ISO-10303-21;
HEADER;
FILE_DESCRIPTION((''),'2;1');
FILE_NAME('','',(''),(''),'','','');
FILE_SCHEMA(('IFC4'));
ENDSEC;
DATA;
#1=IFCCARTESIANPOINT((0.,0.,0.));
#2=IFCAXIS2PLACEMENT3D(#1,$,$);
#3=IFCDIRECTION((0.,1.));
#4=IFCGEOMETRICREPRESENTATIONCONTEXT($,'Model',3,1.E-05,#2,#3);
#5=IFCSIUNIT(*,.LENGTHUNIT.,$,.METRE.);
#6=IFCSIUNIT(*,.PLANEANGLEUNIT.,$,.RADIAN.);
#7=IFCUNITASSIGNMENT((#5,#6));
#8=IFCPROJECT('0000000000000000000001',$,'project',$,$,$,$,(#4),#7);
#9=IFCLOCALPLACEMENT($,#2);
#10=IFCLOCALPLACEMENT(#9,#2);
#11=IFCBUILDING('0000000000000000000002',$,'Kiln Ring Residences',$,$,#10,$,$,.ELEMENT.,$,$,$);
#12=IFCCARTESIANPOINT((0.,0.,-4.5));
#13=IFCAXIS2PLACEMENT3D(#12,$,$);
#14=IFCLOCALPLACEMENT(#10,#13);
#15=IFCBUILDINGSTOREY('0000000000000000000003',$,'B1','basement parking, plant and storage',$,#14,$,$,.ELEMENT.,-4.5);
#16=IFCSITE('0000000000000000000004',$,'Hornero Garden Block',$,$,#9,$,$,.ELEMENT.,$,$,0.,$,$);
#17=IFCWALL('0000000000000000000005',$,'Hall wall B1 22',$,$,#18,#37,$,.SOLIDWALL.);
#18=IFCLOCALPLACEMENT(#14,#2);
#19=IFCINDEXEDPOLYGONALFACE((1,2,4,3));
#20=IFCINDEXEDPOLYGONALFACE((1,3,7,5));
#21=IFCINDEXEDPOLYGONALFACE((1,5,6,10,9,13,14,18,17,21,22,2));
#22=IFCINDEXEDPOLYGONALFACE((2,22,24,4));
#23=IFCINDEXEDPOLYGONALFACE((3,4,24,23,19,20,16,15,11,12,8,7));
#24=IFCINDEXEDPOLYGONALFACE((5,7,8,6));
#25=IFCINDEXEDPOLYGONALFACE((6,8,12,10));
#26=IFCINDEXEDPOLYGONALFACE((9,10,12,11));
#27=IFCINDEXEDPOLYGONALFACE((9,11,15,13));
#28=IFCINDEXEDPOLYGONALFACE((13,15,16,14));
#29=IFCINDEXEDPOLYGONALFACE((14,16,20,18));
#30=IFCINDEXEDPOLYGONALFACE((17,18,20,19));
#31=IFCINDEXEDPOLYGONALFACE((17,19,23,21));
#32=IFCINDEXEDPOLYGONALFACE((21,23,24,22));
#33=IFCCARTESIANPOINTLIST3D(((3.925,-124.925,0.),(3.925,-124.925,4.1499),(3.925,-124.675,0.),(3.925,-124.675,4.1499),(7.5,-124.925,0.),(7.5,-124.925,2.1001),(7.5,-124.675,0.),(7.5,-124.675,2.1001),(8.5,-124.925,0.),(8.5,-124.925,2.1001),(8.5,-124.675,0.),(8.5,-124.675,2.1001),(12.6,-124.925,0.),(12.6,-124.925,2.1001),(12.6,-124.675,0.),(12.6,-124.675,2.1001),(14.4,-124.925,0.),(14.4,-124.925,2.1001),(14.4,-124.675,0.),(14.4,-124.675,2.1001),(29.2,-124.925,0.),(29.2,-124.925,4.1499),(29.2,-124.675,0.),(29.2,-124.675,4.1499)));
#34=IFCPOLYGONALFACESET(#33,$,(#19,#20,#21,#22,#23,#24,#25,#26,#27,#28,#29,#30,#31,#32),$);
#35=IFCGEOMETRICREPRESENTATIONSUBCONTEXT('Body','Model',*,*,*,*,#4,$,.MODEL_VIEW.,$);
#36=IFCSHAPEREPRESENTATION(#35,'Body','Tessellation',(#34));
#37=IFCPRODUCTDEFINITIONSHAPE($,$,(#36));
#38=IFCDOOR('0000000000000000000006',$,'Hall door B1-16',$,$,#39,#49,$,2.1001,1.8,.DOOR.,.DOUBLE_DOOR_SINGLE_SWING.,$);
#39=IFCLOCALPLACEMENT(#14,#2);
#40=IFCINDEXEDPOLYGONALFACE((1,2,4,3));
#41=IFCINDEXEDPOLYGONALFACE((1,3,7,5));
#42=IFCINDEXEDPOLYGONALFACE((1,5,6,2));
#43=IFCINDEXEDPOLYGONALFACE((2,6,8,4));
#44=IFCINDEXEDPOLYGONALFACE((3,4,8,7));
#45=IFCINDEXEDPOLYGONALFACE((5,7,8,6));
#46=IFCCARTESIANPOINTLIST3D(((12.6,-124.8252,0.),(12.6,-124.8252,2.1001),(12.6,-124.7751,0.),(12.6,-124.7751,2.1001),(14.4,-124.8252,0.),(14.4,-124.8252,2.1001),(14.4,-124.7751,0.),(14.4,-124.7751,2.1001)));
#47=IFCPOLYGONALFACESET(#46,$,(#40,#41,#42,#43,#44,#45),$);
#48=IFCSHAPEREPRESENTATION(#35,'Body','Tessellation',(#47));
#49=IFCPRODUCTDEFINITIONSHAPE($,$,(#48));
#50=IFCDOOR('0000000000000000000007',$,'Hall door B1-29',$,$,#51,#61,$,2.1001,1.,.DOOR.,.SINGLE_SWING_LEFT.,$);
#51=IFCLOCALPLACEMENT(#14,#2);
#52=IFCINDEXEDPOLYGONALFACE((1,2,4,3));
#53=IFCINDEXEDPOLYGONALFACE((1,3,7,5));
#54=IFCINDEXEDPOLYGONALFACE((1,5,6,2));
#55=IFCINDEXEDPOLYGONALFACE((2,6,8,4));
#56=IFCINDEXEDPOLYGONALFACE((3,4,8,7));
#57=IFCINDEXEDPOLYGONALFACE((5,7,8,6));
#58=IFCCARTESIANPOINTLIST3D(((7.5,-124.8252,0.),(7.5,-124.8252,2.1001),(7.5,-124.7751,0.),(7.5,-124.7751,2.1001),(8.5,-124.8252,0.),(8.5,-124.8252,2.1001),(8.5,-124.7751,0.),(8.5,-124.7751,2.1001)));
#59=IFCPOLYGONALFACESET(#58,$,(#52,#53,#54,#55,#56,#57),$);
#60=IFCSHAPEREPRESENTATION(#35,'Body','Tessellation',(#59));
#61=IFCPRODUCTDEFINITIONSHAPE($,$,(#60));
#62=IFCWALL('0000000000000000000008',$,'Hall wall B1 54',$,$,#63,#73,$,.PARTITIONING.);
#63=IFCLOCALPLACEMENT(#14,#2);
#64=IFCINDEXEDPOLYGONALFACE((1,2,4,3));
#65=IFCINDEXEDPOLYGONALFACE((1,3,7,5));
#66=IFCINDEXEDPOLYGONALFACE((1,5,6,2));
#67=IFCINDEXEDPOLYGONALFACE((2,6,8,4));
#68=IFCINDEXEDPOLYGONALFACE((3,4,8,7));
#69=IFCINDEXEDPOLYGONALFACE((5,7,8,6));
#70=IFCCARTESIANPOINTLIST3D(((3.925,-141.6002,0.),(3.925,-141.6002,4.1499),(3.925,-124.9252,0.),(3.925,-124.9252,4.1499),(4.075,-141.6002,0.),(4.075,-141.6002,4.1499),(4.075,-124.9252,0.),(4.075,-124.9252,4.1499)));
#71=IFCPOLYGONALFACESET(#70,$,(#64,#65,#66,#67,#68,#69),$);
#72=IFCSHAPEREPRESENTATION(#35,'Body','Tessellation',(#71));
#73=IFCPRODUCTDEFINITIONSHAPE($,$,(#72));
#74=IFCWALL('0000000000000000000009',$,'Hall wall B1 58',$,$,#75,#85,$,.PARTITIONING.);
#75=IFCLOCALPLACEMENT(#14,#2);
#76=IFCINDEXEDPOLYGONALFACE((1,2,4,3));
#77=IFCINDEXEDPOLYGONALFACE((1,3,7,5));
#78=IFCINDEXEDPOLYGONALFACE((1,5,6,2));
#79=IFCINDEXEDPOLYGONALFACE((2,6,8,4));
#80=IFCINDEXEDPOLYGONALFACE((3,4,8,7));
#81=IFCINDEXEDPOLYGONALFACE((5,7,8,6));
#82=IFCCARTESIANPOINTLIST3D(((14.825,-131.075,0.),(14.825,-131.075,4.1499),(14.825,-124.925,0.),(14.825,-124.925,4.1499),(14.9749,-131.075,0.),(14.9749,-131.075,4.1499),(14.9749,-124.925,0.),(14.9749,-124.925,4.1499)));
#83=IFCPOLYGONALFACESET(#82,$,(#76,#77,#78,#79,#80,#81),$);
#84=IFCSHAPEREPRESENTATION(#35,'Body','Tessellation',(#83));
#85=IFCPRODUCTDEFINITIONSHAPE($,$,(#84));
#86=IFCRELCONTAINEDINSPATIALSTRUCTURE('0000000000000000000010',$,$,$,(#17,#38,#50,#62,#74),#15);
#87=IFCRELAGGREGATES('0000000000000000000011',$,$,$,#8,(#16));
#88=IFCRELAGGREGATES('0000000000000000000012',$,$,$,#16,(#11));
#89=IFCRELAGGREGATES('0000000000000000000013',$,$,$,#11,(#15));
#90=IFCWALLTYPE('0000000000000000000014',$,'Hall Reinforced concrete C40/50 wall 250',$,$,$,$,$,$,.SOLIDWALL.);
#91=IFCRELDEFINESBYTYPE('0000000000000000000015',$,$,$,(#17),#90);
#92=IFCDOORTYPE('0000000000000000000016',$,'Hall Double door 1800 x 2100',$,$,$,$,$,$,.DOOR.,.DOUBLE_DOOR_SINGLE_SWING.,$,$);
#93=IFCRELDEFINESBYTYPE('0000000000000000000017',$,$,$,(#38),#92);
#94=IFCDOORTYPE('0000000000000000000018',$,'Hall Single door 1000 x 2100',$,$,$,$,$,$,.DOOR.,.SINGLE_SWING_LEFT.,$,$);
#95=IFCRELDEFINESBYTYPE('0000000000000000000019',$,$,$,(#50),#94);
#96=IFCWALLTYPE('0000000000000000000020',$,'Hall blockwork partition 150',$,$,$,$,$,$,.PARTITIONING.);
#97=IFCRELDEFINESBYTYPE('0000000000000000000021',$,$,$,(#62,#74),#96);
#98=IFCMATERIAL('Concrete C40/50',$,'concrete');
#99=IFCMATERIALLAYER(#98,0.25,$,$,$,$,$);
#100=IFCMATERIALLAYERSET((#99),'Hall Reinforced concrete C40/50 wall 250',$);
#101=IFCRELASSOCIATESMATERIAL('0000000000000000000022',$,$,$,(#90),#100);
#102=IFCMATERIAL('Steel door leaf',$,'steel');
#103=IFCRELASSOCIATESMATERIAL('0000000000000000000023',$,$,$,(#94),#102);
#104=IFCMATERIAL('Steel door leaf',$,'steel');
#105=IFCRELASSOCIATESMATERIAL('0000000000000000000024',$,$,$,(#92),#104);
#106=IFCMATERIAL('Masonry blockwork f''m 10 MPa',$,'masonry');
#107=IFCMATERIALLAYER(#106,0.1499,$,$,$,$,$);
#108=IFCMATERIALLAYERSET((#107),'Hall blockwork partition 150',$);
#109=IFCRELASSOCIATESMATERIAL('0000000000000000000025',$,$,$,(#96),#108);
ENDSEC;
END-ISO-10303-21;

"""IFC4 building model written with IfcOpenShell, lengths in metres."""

from ifc_helpers import new_model, si_unit, direction, frame, frame_2d, origin, place, context, subcontext, project, spatial, rectangle, extrude, material, layer, layer_set, type_object, element, fill, save


model = new_model("IFC4")

# Units and contexts
model_context = context("Model", 3, precision=1e-05, world=origin(), true_north=direction((0.0, 1.0)))
body_context = subcontext(model_context, "Body", "Model", "MODEL_VIEW")
ifc_project = project(units=[si_unit("LENGTHUNIT", "METRE"), si_unit("PLANEANGLEUNIT", "RADIAN")], contexts=[model_context])

# Site, building, storey
site_placement = place(None, origin())
site = spatial("IfcSite", under=ifc_project, at=site_placement, Name="Hornero Garden Block", CompositionType="ELEMENT", RefElevation=0.0)
building_placement = place(site_placement, origin())
building = spatial("IfcBuilding", under=site, at=building_placement, Name="Kiln Ring Residences", CompositionType="ELEMENT")
storey_placement = place(building_placement, frame((0.0, 0.0, -4.5)))
storey = spatial("IfcBuildingStorey", under=building, at=storey_placement, Name="B1", Description="basement parking, plant and storage", CompositionType="ELEMENT", Elevation=-4.5)

# Shared definitions
ifc_material_1 = material(Name="Concrete C40/50", Category="concrete")
ifc_layer_1 = layer(ifc_material_1, 0.25)
ifc_layer_set_1 = layer_set([ifc_layer_1], Name="Hall Reinforced concrete C40/50 wall 250")
wall_type_1 = type_object("IfcWallType", Name="Hall Reinforced concrete C40/50 wall 250", PredefinedType="SOLIDWALL", material=ifc_layer_set_1)
ifc_material_2 = material(Name="Steel door leaf", Category="steel")
door_type_1 = type_object("IfcDoorType", Name="Hall Single door 1000 x 2100", OperationType="SINGLE_SWING_LEFT", PredefinedType="DOOR", material=ifc_material_2)

# Wall, openings, doors
wall_1_placement = place(storey_placement, frame((3.925, -124.8, 0.0), z_axis=(0.0, 0.0, 1.0), x_axis=(1.0, 0.0, 0.0)))
wall_1 = element("IfcWall", 1, at=wall_1_placement, inside=storey, type_object=wall_type_1, Name="Hall wall B1 22", PredefinedType="SOLIDWALL", context=body_context, shape_type="SweptSolid", body=[
    extrude(rectangle(XDim=25.2749, YDim=0.25, at=frame_2d((12.6375, 0.0))), origin(), (0.0, 0.0, 1.0), 4.1499),
])
opening_1_placement = place(wall_1_placement, frame((8.675, 0.0, 0.0)))
opening_1 = element("IfcOpeningElement", 2, at=opening_1_placement, cuts=wall_1, PredefinedType="OPENING", context=body_context, shape_type="SweptSolid", body=[
    extrude(rectangle(XDim=1.8, YDim=2.1001, at=frame_2d((0.8999, 1.05))), frame((0.0, 0.135, 0.0), z_axis=(0.0, -1.0, 0.0), x_axis=(1.0, 0.0, 0.0)), (0.0, 0.0, 1.0), 0.27),
])
opening_2_placement = place(wall_1_placement, frame((3.575, 0.0, 0.0)))
opening_2 = element("IfcOpeningElement", 3, at=opening_2_placement, cuts=wall_1, PredefinedType="OPENING", context=body_context, shape_type="SweptSolid", body=[
    extrude(rectangle(XDim=1.0, YDim=2.1001, at=frame_2d((0.5, 1.05))), frame((0.0, 0.135, 0.0), z_axis=(0.0, -1.0, 0.0), x_axis=(1.0, 0.0, 0.0)), (0.0, 0.0, 1.0), 0.27),
])
ifc_material_3 = material(Name="Steel door leaf", Category="steel")
door_type_2 = type_object("IfcDoorType", Name="Hall Double door 1800 x 2100", OperationType="DOUBLE_DOOR_SINGLE_SWING", PredefinedType="DOOR", material=ifc_material_3)
door_1_placement = place(opening_1_placement, origin())
door_1 = element("IfcDoor", 4, at=door_1_placement, inside=storey, type_object=door_type_2, Name="Hall door B1-16", OperationType="DOUBLE_DOOR_SINGLE_SWING", OverallHeight=2.1001, OverallWidth=1.8, PredefinedType="DOOR", context=body_context, shape_type="SweptSolid", body=[
    extrude(rectangle(XDim=1.8, YDim=2.1001, at=frame_2d((0.8999, 1.05))), frame((0.0, 0.0249, 0.0), z_axis=(0.0, -1.0, 0.0), x_axis=(1.0, 0.0, 0.0)), (0.0, 0.0, 1.0), 0.05),
])
fill(opening_1, door_1)
door_2_placement = place(opening_2_placement, origin())
door_2 = element("IfcDoor", 5, at=door_2_placement, inside=storey, type_object=door_type_1, Name="Hall door B1-29", OperationType="SINGLE_SWING_LEFT", OverallHeight=2.1001, OverallWidth=1.0, PredefinedType="DOOR", context=body_context, shape_type="SweptSolid", body=[
    extrude(rectangle(XDim=1.0, YDim=2.1001, at=frame_2d((0.5, 1.05))), frame((0.0, 0.0249, 0.0), z_axis=(0.0, -1.0, 0.0), x_axis=(1.0, 0.0, 0.0)), (0.0, 0.0, 1.0), 0.05),
])
fill(opening_2, door_2)

# Walls
ifc_material_4 = material(Name="Masonry blockwork f'm 10 MPa", Category="masonry")
ifc_layer_2 = layer(ifc_material_4, 0.1499)
ifc_layer_set_2 = layer_set([ifc_layer_2], Name="Hall blockwork partition 150")
wall_type_2 = type_object("IfcWallType", Name="Hall blockwork partition 150", PredefinedType="PARTITIONING", material=ifc_layer_set_2)
wall_2_placement = place(storey_placement, frame((4.0, -141.6001, 0.0), z_axis=(0.0, 0.0, 1.0), x_axis=(0.0, 1.0, 0.0)))
element("IfcWall", 6, at=wall_2_placement, inside=storey, type_object=wall_type_2, Name="Hall wall B1 54", PredefinedType="PARTITIONING", context=body_context, shape_type="SweptSolid", body=[
    extrude(rectangle(XDim=16.675, YDim=0.1499, at=frame_2d((8.3374, 0.0))), origin(), (0.0, 0.0, 1.0), 4.1499),
])
wall_3_placement = place(storey_placement, frame((14.8999, -131.075, 0.0), z_axis=(0.0, 0.0, 1.0), x_axis=(0.0, 1.0, 0.0)))
element("IfcWall", 7, at=wall_3_placement, inside=storey, type_object=wall_type_2, Name="Hall wall B1 58", PredefinedType="PARTITIONING", context=body_context, shape_type="SweptSolid", body=[
    extrude(rectangle(XDim=6.1499, YDim=0.1499, at=frame_2d((3.075, 0.0))), origin(), (0.0, 0.0, 1.0), 4.1499),
])

save(model, "model.ifc")
